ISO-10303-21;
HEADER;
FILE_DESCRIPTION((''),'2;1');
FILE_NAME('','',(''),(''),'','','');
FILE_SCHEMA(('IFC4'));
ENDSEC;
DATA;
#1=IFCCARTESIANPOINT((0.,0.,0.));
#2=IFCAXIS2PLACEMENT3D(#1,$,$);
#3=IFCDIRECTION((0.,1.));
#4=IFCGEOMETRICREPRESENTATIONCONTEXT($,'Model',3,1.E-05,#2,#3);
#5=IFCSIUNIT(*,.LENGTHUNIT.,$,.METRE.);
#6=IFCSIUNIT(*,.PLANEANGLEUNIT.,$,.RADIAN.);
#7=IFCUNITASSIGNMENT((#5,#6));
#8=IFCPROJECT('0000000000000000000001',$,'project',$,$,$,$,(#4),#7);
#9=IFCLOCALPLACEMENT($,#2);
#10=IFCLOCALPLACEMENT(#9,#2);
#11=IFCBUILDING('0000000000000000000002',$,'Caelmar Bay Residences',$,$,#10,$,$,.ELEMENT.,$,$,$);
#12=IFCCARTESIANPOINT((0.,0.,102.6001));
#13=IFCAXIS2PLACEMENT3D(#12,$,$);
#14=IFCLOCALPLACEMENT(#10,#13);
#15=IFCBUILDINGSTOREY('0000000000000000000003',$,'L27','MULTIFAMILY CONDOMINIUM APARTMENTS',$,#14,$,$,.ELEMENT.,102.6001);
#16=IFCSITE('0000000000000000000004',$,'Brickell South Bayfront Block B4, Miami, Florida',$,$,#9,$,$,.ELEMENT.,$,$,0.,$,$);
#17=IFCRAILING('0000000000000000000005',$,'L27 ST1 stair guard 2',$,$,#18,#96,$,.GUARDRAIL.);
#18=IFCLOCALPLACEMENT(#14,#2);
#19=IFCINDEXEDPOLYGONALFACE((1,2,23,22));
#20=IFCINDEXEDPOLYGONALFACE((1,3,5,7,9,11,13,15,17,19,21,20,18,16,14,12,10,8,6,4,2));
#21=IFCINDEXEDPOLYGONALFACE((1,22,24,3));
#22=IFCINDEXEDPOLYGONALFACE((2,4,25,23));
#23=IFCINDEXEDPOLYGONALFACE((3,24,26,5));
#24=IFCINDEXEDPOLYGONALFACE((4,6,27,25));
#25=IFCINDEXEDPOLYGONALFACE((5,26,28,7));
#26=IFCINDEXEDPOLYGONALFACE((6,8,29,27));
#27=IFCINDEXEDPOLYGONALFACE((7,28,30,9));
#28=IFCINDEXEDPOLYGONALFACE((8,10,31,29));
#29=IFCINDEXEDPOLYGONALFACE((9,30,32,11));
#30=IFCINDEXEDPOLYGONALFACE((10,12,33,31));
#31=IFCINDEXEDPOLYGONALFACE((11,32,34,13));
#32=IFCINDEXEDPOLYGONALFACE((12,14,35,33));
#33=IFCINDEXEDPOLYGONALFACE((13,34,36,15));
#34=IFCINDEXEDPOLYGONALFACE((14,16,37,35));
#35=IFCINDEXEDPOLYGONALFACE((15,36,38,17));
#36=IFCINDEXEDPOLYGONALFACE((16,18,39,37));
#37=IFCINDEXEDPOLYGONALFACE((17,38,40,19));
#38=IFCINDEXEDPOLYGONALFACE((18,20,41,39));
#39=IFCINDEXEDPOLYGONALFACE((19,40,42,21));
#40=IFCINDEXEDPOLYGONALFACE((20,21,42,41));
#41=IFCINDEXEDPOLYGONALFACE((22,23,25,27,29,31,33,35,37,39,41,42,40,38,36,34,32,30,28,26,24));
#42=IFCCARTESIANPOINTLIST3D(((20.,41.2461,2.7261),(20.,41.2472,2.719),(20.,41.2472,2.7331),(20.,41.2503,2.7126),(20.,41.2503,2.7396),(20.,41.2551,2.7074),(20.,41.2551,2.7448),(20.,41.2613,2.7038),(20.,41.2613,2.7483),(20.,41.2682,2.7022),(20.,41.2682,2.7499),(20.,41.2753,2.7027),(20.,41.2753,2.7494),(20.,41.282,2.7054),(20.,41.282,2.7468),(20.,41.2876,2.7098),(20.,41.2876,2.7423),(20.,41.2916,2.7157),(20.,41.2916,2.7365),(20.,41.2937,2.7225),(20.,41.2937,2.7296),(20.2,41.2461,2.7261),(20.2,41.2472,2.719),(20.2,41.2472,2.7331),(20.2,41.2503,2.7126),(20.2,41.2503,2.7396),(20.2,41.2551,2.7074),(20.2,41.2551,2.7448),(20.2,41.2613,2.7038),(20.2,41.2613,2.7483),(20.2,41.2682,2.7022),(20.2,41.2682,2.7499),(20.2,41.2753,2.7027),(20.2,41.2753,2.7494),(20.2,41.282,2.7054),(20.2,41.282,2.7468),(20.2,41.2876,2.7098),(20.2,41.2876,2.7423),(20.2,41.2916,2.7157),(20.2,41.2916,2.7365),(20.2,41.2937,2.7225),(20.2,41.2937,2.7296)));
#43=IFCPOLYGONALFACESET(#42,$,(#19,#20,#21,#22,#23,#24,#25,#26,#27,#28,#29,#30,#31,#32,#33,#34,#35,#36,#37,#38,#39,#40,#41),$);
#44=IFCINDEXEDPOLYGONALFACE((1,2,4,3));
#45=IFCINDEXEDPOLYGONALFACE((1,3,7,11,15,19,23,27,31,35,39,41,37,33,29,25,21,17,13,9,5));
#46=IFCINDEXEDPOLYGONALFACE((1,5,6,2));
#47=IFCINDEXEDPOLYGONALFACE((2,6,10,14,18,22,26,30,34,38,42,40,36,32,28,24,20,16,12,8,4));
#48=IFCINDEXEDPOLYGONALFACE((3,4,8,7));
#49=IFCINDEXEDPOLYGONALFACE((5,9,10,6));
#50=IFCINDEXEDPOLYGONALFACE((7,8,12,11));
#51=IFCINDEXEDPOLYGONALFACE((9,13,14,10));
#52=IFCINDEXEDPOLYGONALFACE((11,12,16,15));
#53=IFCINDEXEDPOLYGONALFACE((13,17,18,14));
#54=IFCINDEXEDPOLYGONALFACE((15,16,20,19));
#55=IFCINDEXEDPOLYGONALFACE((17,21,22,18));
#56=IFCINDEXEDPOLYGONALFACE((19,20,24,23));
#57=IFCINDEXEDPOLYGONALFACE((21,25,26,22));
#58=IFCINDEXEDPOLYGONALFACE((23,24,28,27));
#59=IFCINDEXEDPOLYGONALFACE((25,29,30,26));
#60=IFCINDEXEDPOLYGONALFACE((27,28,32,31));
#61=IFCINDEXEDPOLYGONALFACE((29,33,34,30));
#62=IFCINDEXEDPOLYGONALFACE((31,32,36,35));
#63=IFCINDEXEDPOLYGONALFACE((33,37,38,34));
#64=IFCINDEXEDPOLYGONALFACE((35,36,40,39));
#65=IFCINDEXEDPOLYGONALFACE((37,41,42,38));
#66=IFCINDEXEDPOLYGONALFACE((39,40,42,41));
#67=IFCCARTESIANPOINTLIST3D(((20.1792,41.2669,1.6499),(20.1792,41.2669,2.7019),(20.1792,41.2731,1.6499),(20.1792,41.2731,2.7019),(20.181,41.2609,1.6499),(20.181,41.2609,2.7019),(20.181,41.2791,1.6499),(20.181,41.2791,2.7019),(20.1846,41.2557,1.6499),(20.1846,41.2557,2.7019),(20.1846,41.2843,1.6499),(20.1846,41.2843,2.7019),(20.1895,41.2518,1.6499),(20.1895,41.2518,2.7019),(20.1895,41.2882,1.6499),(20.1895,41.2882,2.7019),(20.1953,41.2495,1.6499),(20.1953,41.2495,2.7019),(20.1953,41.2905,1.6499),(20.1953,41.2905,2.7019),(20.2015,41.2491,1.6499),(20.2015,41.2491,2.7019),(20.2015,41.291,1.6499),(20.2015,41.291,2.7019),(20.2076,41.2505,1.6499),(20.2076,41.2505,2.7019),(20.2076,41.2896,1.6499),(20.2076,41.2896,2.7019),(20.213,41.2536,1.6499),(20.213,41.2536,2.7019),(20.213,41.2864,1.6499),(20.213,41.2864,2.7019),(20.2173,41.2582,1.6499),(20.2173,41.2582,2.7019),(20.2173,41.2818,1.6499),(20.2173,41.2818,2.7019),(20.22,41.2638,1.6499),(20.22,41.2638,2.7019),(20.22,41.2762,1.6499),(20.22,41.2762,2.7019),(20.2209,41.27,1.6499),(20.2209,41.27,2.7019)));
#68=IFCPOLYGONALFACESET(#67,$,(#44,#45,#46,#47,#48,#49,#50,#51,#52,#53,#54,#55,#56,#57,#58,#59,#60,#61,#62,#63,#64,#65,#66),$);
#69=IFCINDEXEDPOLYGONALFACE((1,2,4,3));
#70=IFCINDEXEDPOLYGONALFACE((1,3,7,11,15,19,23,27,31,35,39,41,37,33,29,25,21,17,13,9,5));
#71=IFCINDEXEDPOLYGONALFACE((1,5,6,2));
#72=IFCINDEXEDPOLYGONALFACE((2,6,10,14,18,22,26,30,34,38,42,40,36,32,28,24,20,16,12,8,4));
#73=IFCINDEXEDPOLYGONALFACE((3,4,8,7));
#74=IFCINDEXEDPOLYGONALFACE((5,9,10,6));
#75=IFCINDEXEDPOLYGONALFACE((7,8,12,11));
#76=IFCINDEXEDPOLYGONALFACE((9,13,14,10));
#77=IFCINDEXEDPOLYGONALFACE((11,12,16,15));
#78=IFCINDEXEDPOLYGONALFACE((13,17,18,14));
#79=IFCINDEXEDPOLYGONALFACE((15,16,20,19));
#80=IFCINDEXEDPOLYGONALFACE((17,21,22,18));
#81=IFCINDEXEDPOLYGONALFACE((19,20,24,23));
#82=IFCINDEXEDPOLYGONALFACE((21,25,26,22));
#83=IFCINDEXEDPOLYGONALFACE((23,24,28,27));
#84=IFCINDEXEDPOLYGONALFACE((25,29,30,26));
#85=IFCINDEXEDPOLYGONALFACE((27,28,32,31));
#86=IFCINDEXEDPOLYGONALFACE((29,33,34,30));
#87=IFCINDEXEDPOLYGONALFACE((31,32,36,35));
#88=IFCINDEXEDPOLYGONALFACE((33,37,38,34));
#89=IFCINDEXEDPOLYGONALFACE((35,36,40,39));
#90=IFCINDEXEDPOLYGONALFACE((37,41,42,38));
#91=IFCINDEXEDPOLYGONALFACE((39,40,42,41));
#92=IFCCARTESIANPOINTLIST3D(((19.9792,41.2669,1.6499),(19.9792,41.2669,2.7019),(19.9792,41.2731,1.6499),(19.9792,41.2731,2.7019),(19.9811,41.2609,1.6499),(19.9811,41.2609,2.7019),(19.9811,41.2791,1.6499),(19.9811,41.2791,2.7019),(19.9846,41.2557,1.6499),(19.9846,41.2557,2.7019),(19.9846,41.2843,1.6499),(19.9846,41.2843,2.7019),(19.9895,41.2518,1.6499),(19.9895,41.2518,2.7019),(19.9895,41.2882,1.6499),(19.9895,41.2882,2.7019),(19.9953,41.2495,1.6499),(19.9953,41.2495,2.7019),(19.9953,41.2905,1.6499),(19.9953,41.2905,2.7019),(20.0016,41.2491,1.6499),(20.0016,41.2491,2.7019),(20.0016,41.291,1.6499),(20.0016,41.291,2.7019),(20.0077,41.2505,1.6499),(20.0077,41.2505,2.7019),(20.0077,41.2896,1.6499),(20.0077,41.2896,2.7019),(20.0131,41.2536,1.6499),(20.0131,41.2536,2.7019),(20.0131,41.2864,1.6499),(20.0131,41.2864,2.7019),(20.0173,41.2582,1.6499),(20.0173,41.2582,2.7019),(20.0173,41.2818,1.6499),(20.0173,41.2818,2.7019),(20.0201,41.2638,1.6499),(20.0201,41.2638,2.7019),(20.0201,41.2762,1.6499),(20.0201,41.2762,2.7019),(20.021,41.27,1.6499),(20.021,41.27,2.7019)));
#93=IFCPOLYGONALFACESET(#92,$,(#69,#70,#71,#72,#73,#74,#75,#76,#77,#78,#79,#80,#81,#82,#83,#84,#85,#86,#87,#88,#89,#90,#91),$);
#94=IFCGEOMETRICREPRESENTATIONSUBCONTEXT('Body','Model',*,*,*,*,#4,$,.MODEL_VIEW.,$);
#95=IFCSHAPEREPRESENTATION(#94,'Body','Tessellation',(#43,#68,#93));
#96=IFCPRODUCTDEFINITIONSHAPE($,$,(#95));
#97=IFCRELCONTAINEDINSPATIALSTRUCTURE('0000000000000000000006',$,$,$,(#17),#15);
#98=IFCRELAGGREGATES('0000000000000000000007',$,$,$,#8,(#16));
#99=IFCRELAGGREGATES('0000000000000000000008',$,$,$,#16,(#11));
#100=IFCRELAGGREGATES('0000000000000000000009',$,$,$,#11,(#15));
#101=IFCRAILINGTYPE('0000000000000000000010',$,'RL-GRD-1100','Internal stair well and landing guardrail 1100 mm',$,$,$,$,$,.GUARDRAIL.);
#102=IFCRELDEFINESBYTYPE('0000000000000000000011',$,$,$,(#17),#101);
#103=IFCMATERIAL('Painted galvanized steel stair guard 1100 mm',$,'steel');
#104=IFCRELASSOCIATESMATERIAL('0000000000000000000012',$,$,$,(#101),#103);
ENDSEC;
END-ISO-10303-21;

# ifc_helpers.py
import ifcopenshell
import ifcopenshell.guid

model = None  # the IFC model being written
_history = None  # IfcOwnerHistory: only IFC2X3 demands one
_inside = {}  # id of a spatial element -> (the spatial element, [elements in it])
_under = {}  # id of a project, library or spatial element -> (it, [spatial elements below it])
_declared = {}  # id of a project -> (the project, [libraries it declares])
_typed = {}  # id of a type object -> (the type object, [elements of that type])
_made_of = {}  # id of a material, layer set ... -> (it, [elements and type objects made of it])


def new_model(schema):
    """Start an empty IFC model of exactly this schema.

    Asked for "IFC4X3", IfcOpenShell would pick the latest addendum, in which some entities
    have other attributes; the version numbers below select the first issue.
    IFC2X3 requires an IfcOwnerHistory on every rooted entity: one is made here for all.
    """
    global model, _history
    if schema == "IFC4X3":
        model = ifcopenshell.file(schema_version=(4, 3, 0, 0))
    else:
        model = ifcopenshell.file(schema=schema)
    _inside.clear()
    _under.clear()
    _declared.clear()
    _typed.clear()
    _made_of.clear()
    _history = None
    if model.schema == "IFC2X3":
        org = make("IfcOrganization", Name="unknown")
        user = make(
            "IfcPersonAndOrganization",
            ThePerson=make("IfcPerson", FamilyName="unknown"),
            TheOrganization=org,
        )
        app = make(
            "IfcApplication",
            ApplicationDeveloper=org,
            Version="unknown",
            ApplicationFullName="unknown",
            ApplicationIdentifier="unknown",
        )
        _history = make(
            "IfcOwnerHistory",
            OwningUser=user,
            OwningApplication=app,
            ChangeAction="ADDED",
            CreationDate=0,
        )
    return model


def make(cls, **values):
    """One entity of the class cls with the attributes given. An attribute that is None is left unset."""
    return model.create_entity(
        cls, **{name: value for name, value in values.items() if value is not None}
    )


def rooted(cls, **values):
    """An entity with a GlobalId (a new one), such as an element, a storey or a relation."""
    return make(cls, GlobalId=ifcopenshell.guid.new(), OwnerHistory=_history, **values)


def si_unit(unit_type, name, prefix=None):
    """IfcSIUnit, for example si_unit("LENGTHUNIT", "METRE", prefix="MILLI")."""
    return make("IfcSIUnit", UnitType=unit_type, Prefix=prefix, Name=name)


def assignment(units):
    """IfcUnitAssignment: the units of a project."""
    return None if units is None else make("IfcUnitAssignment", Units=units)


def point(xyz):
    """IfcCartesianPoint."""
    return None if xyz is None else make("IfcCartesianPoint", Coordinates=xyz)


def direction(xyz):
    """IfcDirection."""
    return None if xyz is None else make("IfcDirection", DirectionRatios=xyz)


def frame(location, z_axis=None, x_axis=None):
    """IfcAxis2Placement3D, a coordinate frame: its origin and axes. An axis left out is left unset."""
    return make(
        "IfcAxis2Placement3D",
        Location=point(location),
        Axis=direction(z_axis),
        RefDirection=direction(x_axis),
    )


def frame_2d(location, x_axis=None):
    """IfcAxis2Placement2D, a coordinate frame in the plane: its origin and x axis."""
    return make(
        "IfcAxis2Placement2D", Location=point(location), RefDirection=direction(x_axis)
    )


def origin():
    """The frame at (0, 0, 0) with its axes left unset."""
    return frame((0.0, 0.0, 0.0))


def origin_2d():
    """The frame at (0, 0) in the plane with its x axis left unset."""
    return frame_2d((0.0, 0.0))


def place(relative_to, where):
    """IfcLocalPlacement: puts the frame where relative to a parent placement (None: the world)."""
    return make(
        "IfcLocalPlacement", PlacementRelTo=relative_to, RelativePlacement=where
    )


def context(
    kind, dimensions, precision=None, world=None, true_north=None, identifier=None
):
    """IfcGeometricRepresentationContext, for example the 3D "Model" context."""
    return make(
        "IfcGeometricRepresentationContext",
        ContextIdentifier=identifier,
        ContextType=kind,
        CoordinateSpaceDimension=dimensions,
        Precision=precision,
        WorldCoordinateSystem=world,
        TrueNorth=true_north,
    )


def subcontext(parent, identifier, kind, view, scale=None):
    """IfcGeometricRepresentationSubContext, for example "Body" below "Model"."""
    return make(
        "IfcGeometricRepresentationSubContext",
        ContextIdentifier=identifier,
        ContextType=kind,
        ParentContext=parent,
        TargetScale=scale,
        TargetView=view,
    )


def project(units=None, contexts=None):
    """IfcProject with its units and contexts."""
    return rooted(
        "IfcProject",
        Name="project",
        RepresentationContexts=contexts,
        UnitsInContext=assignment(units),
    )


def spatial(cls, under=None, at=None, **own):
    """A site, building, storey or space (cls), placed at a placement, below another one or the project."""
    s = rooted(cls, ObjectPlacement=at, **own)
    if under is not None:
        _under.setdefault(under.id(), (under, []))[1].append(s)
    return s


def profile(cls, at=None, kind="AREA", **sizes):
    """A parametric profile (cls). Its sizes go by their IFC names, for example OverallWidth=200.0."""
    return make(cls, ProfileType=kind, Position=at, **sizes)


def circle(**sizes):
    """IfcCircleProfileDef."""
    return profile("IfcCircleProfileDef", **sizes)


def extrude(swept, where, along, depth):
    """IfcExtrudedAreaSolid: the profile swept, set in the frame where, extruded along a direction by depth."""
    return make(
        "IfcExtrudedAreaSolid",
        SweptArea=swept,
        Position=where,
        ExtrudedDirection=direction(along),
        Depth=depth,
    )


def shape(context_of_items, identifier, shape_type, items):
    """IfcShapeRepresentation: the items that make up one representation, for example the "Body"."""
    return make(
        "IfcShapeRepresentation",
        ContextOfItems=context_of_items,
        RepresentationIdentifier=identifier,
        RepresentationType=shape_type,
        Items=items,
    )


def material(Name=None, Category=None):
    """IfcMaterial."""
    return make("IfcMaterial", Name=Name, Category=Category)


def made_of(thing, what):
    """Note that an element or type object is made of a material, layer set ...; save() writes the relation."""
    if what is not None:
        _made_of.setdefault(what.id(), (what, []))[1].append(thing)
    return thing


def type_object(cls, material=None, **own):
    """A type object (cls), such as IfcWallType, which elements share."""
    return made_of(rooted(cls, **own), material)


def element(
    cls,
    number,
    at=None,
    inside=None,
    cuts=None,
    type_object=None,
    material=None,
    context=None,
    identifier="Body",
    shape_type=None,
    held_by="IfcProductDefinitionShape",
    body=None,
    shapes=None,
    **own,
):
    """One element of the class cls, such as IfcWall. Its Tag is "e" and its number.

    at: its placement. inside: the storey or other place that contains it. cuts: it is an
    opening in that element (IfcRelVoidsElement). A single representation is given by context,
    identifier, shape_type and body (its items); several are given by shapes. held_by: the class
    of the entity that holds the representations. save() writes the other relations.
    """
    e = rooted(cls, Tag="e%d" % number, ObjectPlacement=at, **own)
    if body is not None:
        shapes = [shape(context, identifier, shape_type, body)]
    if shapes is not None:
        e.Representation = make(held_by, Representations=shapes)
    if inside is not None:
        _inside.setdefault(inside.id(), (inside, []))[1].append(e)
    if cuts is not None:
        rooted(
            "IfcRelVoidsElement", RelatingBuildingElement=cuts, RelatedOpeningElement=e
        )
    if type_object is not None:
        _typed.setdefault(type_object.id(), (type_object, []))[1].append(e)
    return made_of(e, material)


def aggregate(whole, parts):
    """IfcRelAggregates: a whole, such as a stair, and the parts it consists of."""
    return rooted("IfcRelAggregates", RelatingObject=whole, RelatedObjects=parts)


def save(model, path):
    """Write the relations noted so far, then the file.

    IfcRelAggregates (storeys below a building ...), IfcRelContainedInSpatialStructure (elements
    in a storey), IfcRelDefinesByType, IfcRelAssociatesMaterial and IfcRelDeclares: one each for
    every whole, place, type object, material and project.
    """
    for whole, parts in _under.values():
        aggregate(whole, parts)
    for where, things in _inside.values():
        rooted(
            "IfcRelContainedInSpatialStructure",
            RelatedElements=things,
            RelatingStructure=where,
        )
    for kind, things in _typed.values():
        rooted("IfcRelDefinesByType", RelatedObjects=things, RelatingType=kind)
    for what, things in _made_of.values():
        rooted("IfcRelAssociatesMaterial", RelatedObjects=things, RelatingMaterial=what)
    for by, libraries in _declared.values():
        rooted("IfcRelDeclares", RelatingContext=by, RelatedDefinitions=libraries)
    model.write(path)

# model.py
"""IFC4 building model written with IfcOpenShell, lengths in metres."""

from ifc_helpers import new_model, si_unit, direction, frame, origin, origin_2d, place, context, subcontext, project, spatial, circle, extrude, material, type_object, element, save


model = new_model("IFC4")

# Units and contexts
model_context = context("Model", 3, precision=1e-05, world=origin(), true_north=direction((0.0, 1.0)))
body_context = subcontext(model_context, "Body", "Model", "MODEL_VIEW")
ifc_project = project(units=[si_unit("LENGTHUNIT", "METRE"), si_unit("PLANEANGLEUNIT", "RADIAN")], contexts=[model_context])

# Site, building, storey
site_placement = place(None, origin())
site = spatial("IfcSite", under=ifc_project, at=site_placement, Name="Brickell South Bayfront Block B4, Miami, Florida", CompositionType="ELEMENT", RefElevation=0.0)
building_placement = place(site_placement, origin())
building = spatial("IfcBuilding", under=site, at=building_placement, Name="Caelmar Bay Residences", CompositionType="ELEMENT")
storey_placement = place(building_placement, frame((0.0, 0.0, 102.6001)))
storey = spatial("IfcBuildingStorey", under=building, at=storey_placement, Name="L27", Description="MULTIFAMILY CONDOMINIUM APARTMENTS", CompositionType="ELEMENT", Elevation=102.6001)

# Railing
ifc_material_1 = material(Name="Painted galvanized steel stair guard 1100 mm", Category="steel")
railing_type_1 = type_object("IfcRailingType", Name="RL-GRD-1100", Description="Internal stair well and landing guardrail 1100 mm", PredefinedType="GUARDRAIL", material=ifc_material_1)
railing_1_placement = place(storey_placement, frame((20.2, 41.27, 1.6499)))
element("IfcRailing", 1, at=railing_1_placement, inside=storey, type_object=railing_type_1, Name="L27 ST1 stair guard 2", PredefinedType="GUARDRAIL", context=body_context, shape_type="SweptSolid", body=[
    extrude(circle(Radius=0.0239, at=origin_2d()), frame((0.0, 0.0, 1.0762), z_axis=(-1.0, 0.0, 0.0), x_axis=(0.0, -1.0, 0.0)), (0.0, 0.0, 1.0), 0.2),
    extrude(circle(Radius=0.021, at=origin_2d()), origin(), (0.0, 0.0, 1.0), 1.052),
    extrude(circle(Radius=0.021, at=origin_2d()), frame((-0.2, 0.0, 0.0)), (0.0, 0.0, 1.0), 1.052),
])

save(model, "model.ifc")
